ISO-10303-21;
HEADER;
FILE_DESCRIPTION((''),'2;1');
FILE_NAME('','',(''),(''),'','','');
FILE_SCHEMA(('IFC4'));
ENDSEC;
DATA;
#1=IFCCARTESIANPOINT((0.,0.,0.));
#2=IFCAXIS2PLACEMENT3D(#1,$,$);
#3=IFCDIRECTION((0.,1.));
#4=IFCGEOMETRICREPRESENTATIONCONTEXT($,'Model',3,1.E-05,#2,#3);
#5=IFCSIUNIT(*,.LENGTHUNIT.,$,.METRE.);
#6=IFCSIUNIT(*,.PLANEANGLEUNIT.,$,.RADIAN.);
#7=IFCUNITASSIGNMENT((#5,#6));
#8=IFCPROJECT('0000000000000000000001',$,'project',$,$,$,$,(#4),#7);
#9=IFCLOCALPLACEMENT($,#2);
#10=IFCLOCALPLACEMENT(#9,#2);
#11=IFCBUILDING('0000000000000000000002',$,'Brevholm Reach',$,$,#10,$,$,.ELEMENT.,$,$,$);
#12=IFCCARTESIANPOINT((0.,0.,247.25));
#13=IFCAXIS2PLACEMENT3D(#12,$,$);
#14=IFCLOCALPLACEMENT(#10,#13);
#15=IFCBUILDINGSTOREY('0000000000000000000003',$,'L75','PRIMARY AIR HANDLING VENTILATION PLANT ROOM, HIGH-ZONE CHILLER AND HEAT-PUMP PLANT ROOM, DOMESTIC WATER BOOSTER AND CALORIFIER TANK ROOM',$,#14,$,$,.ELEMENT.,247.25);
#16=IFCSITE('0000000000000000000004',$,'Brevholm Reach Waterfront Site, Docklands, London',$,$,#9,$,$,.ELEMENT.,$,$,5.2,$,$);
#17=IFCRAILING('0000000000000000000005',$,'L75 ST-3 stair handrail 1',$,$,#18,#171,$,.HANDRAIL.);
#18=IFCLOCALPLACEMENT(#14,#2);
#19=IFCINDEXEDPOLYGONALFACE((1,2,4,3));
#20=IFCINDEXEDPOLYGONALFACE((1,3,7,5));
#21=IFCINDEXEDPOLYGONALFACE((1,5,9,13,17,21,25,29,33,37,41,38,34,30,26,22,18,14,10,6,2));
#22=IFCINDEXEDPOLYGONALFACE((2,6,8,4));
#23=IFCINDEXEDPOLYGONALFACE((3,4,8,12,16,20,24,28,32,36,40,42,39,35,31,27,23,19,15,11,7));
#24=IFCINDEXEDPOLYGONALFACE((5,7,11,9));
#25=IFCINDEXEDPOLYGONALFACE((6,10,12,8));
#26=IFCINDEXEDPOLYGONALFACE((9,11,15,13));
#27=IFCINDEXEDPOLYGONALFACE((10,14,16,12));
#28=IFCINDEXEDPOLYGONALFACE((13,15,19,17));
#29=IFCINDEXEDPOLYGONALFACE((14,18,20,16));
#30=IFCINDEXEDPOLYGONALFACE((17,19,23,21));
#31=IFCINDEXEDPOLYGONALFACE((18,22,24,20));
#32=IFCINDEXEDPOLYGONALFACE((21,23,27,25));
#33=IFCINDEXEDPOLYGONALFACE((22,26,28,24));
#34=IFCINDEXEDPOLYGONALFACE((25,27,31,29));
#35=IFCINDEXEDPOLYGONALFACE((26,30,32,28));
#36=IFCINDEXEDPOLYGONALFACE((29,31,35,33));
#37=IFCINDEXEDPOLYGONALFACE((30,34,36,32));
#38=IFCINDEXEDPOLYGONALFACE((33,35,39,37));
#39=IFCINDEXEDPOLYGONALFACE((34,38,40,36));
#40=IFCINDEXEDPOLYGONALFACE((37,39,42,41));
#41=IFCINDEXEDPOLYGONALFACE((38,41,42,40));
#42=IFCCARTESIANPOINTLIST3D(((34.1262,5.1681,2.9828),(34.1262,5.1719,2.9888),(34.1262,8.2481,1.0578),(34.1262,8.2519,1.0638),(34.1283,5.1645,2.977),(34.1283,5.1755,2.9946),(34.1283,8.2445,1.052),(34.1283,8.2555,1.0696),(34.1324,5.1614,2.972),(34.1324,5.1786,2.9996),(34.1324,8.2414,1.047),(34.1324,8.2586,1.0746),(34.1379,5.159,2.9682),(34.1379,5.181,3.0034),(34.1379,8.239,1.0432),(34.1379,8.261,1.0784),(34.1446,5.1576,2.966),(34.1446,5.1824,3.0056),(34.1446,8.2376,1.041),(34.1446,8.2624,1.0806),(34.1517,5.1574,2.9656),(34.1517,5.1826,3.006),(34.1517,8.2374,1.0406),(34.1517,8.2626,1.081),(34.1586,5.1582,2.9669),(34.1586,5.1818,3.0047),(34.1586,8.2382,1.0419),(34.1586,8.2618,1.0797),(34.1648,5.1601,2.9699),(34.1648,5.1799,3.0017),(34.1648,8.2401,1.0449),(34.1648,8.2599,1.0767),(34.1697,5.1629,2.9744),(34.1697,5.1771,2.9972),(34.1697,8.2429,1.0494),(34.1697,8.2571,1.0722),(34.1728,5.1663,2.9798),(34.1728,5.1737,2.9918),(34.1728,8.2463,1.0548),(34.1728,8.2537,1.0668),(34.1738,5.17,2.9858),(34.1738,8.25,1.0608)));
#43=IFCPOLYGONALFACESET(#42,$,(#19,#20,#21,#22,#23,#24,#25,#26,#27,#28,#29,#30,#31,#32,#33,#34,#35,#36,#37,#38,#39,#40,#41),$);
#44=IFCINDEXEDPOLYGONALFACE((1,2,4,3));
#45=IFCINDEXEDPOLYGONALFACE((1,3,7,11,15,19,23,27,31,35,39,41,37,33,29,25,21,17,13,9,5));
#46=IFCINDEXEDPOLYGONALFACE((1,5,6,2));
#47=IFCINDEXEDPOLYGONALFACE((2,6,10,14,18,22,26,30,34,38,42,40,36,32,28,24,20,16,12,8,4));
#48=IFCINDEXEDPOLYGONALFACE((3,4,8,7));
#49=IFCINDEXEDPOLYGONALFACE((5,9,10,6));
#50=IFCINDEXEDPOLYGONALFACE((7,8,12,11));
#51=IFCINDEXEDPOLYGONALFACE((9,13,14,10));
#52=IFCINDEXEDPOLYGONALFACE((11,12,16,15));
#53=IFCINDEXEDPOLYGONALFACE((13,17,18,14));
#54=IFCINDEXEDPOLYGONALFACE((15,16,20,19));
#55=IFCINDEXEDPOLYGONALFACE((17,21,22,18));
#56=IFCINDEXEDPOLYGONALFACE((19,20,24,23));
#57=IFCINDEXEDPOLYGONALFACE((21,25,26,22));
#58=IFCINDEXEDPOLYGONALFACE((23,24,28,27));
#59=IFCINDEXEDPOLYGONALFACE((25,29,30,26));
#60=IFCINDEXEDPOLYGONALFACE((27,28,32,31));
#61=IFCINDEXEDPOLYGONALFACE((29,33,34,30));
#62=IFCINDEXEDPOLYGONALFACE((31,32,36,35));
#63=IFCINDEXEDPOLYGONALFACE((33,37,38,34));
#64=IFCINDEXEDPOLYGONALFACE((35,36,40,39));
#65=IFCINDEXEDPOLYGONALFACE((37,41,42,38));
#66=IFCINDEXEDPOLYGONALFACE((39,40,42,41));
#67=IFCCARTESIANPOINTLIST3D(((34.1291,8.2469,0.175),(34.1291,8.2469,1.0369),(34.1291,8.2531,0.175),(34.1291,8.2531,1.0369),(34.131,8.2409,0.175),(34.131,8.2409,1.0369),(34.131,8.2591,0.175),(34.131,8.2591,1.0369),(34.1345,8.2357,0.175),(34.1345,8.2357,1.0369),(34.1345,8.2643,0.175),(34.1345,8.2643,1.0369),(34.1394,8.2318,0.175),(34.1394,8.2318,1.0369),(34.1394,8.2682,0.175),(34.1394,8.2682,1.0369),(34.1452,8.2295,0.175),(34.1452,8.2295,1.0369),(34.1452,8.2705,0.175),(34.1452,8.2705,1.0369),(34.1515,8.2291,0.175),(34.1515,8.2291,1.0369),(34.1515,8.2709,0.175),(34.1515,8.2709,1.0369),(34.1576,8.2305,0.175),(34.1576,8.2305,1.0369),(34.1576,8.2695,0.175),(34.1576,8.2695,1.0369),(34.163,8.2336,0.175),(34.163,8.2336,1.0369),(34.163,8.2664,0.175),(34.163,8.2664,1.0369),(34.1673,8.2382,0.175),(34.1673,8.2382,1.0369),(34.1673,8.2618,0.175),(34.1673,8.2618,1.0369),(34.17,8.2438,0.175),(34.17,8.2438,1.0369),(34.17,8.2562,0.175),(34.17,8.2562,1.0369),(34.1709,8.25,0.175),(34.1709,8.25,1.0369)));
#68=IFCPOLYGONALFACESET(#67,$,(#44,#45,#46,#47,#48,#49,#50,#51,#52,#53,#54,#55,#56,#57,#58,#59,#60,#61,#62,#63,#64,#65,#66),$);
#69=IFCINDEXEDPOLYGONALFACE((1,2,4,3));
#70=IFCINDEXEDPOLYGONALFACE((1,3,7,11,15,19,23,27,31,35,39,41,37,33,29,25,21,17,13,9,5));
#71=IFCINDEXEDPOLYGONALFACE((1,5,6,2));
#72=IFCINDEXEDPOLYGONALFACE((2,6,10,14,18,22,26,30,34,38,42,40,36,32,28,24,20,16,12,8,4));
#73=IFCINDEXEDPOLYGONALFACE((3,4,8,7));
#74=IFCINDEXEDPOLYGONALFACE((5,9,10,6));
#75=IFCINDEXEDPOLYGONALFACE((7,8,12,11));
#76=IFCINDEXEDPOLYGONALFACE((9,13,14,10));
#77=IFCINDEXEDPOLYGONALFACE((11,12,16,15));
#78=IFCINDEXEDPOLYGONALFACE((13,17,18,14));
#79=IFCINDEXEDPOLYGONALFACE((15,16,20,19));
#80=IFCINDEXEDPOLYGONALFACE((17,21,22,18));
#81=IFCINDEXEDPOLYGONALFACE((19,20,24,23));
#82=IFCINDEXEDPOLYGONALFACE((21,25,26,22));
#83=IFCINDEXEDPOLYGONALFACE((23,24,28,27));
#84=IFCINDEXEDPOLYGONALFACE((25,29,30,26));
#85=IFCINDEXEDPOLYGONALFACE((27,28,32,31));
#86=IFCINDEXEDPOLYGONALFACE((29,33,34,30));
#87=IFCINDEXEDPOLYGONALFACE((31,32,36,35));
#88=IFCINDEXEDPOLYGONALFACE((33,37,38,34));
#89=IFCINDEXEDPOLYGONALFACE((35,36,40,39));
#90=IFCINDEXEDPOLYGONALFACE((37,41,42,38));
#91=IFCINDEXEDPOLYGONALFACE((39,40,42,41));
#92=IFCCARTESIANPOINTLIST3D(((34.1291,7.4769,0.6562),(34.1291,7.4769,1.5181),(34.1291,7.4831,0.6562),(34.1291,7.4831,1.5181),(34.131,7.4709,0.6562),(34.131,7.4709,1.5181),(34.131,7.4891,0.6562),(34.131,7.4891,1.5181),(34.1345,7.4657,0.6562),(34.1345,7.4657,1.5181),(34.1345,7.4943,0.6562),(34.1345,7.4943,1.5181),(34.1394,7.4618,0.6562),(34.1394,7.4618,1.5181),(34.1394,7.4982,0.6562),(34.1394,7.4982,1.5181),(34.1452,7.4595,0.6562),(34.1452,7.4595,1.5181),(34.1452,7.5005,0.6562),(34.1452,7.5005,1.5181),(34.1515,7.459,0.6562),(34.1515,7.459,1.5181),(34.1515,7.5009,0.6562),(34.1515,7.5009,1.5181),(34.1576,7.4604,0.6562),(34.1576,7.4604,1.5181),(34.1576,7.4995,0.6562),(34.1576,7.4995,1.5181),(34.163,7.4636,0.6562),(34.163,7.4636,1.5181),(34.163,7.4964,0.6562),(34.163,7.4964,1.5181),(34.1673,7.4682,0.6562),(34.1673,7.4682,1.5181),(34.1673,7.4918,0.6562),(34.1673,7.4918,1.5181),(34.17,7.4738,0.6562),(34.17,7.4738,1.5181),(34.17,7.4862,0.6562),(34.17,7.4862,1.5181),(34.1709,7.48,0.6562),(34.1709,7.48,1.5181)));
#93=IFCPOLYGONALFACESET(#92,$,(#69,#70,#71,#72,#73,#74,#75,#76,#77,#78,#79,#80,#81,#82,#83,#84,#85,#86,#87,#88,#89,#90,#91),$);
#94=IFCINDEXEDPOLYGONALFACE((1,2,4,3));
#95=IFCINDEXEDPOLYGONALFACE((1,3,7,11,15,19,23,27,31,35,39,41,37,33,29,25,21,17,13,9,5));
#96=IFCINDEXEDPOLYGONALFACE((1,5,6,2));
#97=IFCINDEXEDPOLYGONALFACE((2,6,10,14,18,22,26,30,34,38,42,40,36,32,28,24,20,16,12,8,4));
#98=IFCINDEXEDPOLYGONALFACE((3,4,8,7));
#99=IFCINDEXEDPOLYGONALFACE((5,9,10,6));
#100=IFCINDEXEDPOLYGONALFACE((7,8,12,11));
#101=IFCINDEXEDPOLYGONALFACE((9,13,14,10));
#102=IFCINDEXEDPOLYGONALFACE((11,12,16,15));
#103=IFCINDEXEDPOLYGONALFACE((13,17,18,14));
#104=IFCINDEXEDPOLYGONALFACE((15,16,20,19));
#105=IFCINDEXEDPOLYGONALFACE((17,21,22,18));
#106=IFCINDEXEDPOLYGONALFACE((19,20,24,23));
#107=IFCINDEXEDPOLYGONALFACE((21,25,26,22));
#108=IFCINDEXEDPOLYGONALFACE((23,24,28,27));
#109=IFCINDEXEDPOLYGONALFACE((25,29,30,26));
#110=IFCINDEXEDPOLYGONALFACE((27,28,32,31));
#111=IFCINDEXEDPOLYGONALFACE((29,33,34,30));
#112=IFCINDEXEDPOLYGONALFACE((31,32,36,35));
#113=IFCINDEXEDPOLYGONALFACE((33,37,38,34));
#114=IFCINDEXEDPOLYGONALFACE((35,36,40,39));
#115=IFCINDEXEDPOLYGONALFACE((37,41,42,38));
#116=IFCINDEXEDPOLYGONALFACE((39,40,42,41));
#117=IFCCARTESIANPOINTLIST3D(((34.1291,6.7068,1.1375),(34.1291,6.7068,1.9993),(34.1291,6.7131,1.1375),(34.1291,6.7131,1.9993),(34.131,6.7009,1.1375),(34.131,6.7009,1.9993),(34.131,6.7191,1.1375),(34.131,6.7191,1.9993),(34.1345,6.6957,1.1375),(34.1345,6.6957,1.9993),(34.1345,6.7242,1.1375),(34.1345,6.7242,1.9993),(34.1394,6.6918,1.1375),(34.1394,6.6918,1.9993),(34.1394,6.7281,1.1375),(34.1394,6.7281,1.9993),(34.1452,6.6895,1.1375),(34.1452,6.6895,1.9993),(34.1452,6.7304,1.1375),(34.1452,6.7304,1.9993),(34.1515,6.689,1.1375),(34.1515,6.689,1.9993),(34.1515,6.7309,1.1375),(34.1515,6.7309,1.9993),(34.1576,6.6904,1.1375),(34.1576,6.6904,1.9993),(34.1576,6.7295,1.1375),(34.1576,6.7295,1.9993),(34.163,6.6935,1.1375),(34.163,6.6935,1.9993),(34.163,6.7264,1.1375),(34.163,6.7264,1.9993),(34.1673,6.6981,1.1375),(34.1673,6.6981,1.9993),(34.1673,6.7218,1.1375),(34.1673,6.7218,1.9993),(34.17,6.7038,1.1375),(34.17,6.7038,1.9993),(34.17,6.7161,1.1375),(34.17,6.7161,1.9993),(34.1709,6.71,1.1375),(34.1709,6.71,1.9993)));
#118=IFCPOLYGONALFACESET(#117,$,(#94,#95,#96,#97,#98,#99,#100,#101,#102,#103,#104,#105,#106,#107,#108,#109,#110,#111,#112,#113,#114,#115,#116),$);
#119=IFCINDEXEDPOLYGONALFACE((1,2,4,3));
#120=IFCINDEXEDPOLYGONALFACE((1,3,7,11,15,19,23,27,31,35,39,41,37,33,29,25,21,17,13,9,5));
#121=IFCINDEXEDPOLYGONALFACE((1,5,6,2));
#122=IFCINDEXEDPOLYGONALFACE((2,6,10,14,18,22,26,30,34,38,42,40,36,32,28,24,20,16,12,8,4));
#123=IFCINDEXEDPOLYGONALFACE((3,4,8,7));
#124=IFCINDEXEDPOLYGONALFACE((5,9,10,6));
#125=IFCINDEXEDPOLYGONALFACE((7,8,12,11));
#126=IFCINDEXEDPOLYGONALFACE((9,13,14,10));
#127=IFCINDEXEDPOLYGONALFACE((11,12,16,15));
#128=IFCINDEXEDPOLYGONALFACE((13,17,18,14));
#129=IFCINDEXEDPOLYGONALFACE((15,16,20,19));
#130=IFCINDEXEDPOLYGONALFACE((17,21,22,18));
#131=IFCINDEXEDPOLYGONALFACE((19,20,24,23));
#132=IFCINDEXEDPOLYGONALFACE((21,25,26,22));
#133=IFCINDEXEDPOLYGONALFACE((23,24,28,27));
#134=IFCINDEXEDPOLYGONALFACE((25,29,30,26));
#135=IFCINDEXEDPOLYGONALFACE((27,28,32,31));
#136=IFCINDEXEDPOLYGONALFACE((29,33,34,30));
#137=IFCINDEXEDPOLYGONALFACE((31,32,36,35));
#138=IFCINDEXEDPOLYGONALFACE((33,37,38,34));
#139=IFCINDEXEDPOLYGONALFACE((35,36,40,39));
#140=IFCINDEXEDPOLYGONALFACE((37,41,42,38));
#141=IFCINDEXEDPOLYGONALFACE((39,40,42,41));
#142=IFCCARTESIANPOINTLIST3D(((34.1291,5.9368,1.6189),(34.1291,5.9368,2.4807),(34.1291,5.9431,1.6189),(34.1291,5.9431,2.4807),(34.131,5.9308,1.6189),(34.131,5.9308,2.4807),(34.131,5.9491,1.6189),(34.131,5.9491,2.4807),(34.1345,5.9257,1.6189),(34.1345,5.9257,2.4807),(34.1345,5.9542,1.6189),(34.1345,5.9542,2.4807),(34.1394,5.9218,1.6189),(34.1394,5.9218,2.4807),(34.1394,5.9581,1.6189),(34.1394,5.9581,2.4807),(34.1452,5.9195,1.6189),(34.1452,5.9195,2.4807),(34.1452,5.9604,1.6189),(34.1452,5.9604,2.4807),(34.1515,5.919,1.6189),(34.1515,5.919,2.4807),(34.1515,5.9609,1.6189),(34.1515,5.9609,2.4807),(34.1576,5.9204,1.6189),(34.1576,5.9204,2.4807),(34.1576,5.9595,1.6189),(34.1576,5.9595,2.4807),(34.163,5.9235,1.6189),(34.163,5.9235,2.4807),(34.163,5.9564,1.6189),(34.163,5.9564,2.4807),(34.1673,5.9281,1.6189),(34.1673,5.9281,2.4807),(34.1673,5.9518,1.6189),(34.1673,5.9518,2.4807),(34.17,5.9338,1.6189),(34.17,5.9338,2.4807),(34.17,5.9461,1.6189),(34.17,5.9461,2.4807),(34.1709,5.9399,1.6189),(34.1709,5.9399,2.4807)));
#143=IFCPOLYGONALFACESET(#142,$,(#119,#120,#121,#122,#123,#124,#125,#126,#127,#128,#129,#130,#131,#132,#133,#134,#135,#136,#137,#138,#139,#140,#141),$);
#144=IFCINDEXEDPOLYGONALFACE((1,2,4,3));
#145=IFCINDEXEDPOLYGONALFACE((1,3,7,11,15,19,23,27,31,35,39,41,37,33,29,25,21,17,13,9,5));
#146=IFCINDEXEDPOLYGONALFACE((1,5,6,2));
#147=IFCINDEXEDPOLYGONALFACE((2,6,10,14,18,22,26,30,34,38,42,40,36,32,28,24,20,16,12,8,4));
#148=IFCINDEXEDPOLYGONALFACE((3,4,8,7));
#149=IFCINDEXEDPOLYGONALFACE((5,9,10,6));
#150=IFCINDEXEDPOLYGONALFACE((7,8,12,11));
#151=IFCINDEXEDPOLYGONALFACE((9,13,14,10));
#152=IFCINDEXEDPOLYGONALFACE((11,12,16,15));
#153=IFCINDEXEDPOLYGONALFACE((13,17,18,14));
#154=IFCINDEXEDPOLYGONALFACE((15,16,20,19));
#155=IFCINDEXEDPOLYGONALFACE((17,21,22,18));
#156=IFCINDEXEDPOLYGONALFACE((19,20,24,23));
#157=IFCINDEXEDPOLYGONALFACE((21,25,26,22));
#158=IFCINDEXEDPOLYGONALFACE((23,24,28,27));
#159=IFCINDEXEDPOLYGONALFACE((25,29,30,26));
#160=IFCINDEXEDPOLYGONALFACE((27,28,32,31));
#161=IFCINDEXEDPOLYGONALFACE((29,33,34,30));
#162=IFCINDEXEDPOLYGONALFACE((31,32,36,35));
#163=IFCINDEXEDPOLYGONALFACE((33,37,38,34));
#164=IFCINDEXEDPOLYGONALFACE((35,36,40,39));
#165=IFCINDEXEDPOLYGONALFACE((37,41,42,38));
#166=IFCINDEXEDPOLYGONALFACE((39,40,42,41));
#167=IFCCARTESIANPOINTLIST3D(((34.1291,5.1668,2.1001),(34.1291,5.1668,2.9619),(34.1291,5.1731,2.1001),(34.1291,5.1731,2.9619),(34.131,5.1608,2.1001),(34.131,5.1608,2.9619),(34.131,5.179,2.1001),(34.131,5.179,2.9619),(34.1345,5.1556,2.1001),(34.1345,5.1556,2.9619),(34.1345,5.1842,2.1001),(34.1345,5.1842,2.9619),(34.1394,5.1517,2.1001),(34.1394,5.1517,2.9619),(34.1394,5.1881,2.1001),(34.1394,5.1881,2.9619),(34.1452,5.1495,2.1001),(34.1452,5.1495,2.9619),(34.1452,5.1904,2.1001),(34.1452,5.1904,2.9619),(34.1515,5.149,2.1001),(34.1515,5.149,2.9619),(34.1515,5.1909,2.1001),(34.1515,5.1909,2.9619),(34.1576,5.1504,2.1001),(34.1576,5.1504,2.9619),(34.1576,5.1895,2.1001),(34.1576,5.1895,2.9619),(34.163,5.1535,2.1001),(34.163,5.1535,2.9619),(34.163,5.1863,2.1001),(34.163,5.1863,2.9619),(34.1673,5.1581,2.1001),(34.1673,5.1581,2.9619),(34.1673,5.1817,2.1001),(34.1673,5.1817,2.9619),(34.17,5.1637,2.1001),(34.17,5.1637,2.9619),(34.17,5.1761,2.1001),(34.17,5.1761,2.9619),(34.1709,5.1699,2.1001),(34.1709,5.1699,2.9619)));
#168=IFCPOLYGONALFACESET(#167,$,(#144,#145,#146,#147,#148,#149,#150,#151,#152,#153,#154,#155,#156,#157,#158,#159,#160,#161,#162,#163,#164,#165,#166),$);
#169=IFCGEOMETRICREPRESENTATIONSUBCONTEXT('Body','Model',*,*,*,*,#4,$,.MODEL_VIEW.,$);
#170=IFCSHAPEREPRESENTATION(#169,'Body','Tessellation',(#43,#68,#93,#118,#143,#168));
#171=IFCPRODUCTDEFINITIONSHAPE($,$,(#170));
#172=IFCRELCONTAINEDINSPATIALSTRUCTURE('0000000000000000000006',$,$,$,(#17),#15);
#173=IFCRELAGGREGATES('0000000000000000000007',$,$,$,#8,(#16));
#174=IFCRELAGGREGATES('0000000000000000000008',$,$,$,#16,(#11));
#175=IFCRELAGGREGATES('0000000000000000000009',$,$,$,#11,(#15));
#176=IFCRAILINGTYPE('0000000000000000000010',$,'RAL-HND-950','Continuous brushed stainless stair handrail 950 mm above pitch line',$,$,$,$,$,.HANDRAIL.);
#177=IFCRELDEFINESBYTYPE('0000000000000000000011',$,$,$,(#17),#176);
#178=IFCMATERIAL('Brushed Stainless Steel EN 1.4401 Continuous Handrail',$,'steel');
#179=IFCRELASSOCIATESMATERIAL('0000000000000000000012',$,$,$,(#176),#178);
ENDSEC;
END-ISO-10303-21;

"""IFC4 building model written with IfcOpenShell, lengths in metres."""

from ifc_helpers import new_model, si_unit, direction, frame, origin, origin_2d, place, context, subcontext, project, spatial, circle, extrude, material, type_object, element, save


model = new_model("IFC4")

# Units and contexts
model_context = context("Model", 3, precision=1e-05, world=origin(), true_north=direction((0.0, 1.0)))
body_context = subcontext(model_context, "Body", "Model", "MODEL_VIEW")
ifc_project = project(units=[si_unit("LENGTHUNIT", "METRE"), si_unit("PLANEANGLEUNIT", "RADIAN")], contexts=[model_context])

# Site, building, storey
site_placement = place(None, origin())
site = spatial("IfcSite", under=ifc_project, at=site_placement, Name="Brevholm Reach Waterfront Site, Docklands, London", CompositionType="ELEMENT", RefElevation=5.2)
building_placement = place(site_placement, origin())
building = spatial("IfcBuilding", under=site, at=building_placement, Name="Brevholm Reach", CompositionType="ELEMENT")
storey_placement = place(building_placement, frame((0.0, 0.0, 247.25)))
storey = spatial("IfcBuildingStorey", under=building, at=storey_placement, Name="L75", Description="PRIMARY AIR HANDLING VENTILATION PLANT ROOM, HIGH-ZONE CHILLER AND HEAT-PUMP PLANT ROOM, DOMESTIC WATER BOOSTER AND CALORIFIER TANK ROOM", CompositionType="ELEMENT", Elevation=247.25)

# Railing
ifc_material_1 = material(Name="Brushed Stainless Steel EN 1.4401 Continuous Handrail", Category="steel")
railing_type_1 = type_object("IfcRailingType", Name="RAL-HND-950", Description="Continuous brushed stainless stair handrail 950 mm above pitch line", PredefinedType="HANDRAIL", material=ifc_material_1)
railing_1_placement = place(storey_placement, frame((34.1499, 8.25, 0.175)))
element("IfcRailing", 1, at=railing_1_placement, inside=storey, type_object=railing_type_1, Name="L75 ST-3 stair handrail 1", PredefinedType="HANDRAIL", context=body_context, shape_type="SweptSolid", body=[
    extrude(circle(Radius=0.0239, at=origin_2d()), frame((0.0, 0.0, 0.8857), z_axis=(0.0, -0.847998, 0.529999), x_axis=(1.0, 0.0, 0.0)), (0.0, 0.0, 1.0), 3.6321),
    extrude(circle(Radius=0.021, at=origin_2d()), origin(), (0.0, 0.0, 1.0), 0.8618),
    extrude(circle(Radius=0.021, at=origin_2d()), frame((0.0, -0.77, 0.4812)), (0.0, 0.0, 1.0), 0.8618),
    extrude(circle(Radius=0.021, at=origin_2d()), frame((0.0, -1.54, 0.9624)), (0.0, 0.0, 1.0), 0.8618),
    extrude(circle(Radius=0.021, at=origin_2d()), frame((0.0, -2.3101, 1.4438)), (0.0, 0.0, 1.0), 0.8618),
    extrude(circle(Radius=0.021, at=origin_2d()), frame((0.0, -3.0801, 1.925)), (0.0, 0.0, 1.0), 0.8618),
])

save(model, "model.ifc")
